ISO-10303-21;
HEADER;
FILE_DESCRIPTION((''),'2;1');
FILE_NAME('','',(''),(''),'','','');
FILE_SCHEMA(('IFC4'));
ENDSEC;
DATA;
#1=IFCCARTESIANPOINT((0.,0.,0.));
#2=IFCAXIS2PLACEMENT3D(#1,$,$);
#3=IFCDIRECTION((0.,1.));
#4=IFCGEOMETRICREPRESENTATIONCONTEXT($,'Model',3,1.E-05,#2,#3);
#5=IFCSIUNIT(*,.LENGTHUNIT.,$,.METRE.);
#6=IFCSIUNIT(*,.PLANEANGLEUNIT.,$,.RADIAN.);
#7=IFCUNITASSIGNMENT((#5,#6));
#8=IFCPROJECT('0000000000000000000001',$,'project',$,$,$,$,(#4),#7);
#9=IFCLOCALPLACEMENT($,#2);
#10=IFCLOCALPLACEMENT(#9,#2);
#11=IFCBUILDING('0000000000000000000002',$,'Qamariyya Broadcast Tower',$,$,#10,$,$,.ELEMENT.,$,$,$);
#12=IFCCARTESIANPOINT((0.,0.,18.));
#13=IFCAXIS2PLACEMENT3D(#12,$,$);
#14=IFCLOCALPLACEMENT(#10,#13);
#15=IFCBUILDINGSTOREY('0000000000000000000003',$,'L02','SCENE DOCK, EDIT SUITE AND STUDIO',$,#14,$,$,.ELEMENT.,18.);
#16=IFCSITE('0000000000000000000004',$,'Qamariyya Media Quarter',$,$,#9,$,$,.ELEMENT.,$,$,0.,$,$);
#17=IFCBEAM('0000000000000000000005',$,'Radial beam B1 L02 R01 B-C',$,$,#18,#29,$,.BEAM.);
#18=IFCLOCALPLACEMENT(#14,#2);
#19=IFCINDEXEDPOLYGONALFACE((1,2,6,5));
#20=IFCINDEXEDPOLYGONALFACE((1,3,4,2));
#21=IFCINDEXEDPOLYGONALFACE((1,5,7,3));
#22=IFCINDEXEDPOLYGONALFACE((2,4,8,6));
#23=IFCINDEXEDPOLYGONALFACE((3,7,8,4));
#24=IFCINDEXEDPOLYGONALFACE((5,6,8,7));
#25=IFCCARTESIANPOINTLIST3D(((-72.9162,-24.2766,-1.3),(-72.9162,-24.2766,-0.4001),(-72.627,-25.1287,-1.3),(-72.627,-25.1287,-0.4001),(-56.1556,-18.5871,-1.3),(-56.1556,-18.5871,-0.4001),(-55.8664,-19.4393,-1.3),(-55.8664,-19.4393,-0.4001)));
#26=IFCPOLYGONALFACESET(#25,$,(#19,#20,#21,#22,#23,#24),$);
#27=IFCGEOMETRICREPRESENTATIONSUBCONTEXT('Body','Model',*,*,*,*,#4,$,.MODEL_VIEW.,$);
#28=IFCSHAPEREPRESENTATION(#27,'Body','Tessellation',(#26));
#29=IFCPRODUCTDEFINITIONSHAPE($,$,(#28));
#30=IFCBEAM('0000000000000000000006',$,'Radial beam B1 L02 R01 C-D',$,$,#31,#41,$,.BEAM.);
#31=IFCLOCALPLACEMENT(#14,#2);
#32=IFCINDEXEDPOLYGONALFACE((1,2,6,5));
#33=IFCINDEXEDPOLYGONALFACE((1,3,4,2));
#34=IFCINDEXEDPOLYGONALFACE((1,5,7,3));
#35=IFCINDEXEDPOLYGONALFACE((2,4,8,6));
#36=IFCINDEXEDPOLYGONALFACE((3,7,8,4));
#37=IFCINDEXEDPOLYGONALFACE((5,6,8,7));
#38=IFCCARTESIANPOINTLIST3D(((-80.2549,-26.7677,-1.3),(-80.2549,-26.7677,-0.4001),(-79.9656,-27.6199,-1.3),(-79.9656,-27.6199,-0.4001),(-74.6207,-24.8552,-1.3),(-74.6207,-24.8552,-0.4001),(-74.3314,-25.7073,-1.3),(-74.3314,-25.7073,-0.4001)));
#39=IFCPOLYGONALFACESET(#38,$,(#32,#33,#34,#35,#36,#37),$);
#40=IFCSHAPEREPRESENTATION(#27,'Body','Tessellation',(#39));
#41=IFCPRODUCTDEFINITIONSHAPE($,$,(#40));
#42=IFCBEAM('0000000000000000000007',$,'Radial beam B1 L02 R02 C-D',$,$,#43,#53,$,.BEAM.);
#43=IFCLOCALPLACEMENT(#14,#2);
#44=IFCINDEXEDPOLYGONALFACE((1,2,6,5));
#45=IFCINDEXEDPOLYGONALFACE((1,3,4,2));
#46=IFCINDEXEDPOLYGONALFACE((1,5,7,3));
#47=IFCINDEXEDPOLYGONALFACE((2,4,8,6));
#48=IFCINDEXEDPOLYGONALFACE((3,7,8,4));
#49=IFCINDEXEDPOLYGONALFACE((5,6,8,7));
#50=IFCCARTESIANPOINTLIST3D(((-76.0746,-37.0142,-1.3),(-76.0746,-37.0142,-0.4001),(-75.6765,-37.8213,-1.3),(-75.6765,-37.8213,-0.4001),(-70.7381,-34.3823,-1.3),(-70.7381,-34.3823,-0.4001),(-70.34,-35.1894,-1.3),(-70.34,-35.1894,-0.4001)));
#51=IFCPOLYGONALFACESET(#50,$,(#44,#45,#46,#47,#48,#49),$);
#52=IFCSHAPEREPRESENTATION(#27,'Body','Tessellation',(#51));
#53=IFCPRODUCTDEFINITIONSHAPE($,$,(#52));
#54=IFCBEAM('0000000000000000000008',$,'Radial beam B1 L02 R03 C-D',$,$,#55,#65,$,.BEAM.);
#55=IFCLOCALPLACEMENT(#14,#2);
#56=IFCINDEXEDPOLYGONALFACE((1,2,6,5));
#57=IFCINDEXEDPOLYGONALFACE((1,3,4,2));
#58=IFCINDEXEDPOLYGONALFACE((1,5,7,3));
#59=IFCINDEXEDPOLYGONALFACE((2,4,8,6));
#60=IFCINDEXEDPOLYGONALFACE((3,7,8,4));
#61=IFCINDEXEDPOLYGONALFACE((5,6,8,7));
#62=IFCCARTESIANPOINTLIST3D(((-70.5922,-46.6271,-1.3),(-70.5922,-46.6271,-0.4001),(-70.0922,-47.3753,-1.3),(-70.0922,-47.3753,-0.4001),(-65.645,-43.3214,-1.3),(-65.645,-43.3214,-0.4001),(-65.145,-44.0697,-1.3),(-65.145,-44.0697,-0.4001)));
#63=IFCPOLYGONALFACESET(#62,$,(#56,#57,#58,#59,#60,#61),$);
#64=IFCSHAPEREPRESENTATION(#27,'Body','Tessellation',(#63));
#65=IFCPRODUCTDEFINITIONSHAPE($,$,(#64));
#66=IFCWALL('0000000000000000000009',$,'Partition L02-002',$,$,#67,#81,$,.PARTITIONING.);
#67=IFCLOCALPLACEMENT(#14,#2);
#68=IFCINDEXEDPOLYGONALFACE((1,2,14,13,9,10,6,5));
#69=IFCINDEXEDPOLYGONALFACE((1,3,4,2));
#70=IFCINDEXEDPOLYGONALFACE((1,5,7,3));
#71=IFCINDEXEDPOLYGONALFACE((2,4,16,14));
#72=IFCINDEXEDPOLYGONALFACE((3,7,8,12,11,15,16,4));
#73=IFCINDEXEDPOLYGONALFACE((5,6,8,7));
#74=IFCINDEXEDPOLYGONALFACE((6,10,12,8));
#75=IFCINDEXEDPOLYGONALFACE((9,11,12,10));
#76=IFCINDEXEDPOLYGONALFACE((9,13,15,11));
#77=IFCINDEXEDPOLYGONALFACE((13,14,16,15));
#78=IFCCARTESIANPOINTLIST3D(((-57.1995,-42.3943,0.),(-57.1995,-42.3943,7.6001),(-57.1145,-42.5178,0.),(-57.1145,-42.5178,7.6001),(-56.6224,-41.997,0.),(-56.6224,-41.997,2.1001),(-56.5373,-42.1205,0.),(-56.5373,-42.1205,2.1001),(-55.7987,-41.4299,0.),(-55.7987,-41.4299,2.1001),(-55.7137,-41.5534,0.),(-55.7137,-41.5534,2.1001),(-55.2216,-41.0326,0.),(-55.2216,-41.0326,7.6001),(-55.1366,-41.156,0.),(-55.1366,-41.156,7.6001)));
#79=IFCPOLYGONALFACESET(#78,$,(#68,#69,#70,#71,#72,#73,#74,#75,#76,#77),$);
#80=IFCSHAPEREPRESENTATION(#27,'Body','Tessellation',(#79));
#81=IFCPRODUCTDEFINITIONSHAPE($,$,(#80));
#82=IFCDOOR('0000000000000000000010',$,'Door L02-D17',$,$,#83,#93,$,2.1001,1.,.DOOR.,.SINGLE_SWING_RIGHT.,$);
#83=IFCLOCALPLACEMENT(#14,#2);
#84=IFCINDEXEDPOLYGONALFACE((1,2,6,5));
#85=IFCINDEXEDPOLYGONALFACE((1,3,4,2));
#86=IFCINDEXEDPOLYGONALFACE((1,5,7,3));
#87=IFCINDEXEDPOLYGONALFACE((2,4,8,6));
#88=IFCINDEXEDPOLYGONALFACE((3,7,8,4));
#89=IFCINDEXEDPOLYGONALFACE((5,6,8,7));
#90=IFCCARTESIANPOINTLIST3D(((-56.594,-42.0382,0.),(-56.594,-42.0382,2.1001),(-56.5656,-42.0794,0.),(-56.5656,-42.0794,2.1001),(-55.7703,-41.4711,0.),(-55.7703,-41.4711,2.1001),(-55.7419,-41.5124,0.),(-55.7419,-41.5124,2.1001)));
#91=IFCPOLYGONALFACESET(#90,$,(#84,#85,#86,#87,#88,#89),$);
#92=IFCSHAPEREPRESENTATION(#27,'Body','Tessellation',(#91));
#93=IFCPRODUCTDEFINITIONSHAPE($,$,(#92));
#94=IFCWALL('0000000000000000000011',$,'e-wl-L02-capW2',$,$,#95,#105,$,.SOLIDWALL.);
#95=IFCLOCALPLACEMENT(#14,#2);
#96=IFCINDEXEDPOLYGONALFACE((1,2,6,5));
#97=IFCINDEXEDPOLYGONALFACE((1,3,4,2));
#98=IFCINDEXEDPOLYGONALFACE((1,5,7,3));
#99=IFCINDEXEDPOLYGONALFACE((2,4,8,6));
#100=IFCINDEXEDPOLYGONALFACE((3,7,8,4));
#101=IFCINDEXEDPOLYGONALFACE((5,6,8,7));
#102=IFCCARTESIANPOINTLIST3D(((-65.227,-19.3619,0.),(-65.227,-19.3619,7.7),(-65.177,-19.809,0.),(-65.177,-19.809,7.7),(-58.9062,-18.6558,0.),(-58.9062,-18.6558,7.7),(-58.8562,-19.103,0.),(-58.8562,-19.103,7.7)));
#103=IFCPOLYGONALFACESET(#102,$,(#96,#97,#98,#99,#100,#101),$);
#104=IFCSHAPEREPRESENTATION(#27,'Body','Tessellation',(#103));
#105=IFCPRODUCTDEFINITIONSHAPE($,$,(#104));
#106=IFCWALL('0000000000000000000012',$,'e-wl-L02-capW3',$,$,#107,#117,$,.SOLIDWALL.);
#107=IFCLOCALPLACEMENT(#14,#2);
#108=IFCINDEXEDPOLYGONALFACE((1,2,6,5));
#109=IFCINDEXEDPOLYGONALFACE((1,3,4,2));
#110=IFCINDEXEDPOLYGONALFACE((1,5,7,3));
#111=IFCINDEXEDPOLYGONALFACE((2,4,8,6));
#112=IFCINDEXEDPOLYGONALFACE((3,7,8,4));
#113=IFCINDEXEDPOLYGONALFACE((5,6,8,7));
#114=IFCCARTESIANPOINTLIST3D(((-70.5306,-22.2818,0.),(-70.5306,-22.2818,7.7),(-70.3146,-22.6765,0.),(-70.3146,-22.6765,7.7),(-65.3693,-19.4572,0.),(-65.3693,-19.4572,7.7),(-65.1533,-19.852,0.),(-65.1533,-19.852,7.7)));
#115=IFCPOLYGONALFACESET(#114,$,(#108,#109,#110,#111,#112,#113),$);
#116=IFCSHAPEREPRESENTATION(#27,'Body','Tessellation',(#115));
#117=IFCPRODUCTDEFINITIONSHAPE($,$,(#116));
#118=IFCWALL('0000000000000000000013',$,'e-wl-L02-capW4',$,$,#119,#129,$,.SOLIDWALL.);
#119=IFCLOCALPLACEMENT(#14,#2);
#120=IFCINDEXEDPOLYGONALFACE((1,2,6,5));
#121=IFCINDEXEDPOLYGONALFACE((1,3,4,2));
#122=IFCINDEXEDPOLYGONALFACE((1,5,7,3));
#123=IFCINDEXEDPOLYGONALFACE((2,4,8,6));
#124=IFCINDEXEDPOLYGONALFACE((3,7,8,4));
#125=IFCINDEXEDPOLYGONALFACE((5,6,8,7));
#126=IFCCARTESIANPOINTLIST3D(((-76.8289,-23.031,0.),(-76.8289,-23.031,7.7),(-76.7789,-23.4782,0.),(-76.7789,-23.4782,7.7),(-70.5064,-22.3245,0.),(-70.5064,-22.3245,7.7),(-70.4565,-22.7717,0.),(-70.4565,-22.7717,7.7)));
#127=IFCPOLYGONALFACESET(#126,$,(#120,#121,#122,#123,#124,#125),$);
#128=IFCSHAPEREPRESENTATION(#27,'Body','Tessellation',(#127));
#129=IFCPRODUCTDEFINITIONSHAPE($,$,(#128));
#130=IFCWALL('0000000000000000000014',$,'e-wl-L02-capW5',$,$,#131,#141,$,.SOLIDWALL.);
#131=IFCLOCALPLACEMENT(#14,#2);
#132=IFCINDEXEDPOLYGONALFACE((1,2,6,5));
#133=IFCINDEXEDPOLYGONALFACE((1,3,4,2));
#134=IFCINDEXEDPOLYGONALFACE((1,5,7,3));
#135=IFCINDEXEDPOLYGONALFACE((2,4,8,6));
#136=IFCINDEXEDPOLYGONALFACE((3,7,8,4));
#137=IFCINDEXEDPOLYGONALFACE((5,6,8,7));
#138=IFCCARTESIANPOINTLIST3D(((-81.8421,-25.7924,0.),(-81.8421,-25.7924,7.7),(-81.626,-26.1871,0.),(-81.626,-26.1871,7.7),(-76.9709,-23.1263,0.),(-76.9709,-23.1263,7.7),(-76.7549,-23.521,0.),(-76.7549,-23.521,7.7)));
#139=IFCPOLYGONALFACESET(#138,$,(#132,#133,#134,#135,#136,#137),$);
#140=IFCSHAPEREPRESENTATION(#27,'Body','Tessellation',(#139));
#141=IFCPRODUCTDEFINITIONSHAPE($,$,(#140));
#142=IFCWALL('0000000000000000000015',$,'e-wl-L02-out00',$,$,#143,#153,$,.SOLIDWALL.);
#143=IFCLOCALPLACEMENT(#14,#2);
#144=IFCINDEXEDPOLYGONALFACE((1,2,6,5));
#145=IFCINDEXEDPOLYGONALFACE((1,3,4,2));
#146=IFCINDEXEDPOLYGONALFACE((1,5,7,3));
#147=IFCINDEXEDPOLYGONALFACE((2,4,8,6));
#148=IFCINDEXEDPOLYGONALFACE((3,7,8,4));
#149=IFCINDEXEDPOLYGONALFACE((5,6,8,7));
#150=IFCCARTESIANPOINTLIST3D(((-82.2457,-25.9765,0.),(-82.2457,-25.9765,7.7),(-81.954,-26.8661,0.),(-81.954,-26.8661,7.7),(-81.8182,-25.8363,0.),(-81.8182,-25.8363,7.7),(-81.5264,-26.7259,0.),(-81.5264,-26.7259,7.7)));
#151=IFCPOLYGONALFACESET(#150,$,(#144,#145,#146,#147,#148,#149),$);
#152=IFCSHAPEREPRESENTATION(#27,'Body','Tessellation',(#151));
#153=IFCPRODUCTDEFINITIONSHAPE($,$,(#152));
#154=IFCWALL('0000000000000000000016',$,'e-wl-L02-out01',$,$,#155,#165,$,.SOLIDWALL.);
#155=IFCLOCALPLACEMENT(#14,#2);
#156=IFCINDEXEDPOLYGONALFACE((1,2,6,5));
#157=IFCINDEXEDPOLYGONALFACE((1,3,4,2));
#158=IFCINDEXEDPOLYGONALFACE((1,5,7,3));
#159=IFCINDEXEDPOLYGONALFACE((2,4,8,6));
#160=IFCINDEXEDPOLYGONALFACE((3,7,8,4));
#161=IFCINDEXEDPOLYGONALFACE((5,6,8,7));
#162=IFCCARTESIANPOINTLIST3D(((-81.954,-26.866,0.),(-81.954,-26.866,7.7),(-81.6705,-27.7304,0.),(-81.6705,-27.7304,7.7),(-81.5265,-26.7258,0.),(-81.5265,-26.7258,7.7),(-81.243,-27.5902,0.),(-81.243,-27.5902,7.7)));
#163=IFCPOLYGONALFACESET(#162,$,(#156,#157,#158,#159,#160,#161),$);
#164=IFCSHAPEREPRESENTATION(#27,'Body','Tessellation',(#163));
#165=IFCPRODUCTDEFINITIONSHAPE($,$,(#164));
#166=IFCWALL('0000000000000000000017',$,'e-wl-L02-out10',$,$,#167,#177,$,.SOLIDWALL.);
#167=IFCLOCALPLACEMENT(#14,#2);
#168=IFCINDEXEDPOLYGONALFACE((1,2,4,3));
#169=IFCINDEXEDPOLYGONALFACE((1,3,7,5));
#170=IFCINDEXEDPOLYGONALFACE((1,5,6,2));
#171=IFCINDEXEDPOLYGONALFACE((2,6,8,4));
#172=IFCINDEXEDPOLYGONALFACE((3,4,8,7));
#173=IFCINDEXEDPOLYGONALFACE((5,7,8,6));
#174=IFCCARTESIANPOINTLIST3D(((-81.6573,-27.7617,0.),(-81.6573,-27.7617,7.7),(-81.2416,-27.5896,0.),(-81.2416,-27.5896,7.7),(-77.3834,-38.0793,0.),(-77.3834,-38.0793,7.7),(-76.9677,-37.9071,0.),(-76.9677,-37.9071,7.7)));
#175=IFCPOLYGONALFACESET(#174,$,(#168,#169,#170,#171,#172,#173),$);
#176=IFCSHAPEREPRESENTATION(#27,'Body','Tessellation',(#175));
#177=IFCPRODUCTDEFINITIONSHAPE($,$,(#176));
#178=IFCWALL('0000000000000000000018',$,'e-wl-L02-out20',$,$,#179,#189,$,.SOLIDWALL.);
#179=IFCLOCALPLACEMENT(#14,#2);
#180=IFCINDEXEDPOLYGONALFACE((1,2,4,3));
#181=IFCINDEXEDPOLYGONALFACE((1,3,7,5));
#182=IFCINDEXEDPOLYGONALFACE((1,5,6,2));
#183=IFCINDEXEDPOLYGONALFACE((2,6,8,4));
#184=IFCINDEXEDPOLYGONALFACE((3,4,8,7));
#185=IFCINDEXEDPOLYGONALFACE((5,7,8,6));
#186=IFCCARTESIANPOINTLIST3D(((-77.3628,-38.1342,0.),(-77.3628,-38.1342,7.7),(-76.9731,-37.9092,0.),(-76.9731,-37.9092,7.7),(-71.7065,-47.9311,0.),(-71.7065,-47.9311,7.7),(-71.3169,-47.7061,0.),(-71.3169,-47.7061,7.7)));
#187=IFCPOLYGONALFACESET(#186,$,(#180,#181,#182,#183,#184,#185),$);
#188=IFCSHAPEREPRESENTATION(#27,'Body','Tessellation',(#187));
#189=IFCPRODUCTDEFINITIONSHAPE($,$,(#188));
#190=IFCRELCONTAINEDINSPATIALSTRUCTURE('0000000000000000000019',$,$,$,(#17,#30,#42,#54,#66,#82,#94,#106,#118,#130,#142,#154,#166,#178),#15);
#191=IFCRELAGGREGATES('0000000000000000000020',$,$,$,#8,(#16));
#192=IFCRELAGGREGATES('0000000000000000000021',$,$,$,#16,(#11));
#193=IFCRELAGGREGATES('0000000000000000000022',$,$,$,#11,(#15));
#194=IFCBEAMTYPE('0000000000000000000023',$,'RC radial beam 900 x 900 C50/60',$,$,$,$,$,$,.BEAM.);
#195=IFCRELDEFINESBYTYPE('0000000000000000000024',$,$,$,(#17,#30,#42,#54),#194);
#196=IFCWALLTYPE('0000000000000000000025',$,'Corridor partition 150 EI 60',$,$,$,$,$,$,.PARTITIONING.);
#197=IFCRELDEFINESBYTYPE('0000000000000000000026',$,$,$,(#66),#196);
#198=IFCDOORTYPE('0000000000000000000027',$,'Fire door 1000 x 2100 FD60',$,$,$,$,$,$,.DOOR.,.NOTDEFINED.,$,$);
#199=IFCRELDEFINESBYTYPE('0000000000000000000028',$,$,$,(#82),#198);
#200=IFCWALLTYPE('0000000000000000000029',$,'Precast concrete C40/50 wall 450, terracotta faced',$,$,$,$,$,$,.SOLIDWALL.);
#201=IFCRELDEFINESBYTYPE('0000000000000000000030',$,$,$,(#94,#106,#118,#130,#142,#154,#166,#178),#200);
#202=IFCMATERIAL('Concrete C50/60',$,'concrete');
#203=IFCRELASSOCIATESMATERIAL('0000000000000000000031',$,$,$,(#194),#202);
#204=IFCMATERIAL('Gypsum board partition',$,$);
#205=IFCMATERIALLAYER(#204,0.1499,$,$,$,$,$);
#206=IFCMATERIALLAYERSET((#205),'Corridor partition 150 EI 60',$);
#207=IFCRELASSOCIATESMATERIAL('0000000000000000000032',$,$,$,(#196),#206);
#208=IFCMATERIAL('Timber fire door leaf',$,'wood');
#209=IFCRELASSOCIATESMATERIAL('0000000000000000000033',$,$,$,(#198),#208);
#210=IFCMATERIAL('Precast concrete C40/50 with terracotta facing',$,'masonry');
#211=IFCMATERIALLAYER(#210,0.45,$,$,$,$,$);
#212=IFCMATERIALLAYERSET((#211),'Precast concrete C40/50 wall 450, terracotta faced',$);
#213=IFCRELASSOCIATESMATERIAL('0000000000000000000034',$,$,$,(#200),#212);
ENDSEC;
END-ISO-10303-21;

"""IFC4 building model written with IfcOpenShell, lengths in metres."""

from ifc_helpers import new_model, si_unit, direction, frame, frame_2d, origin, origin_2d, place, context, subcontext, project, spatial, rectangle, extrude, material, layer, layer_set, material_profile, profile_set, type_object, element, fill, save


model = new_model("IFC4")

# Units and contexts
model_context = context("Model", 3, precision=1e-05, world=origin(), true_north=direction((0.0, 1.0)))
body_context = subcontext(model_context, "Body", "Model", "MODEL_VIEW")
ifc_project = project(units=[si_unit("LENGTHUNIT", "METRE"), si_unit("PLANEANGLEUNIT", "RADIAN")], contexts=[model_context])

# Site, building, storey
site_placement = place(None, origin())
site = spatial("IfcSite", under=ifc_project, at=site_placement, Name="Qamariyya Media Quarter", CompositionType="ELEMENT", RefElevation=0.0)
building_placement = place(site_placement, origin())
building = spatial("IfcBuilding", under=site, at=building_placement, Name="Qamariyya Broadcast Tower", CompositionType="ELEMENT")
storey_placement = place(building_placement, frame((0.0, 0.0, 18.0)))
storey = spatial("IfcBuildingStorey", under=building, at=storey_placement, Name="L02", Description="SCENE DOCK, EDIT SUITE AND STUDIO", CompositionType="ELEMENT", Elevation=18.0)

# Beams
ifc_material_1 = material(Name="Concrete C50/60", Category="concrete")
ifc_material_profile_1 = material_profile(ifc_material_1, rectangle(XDim=0.8999, YDim=0.8999, at=origin_2d()))
ifc_profile_set_1 = profile_set([ifc_material_profile_1], Name="Concrete C50/60")
beam_type_1 = type_object("IfcBeamType", Name="RC radial beam 900 x 900 C50/60", PredefinedType="BEAM", material=ifc_profile_set_1)
beam_1_placement = place(storey_placement, frame((-56.011, -19.0132, -0.8501), z_axis=(-0.94693, -0.321441, 0.0), x_axis=(0.321441, -0.94693, 0.0)))
element("IfcBeam", 1, at=beam_1_placement, inside=storey, type_object=beam_type_1, Name="Radial beam B1 L02 R01 B-C", PredefinedType="BEAM", context=body_context, shape_type="SweptSolid", body=[
    extrude(rectangle(XDim=0.8999, YDim=0.8999, at=origin_2d()), origin(), (0.0, 0.0, 1.0), 17.7),
])
beam_2_placement = place(storey_placement, frame((-74.4761, -25.2812, -0.8501), z_axis=(-0.946929, -0.321442, 0.0), x_axis=(0.321442, -0.946929, 0.0)))
element("IfcBeam", 2, at=beam_2_placement, inside=storey, type_object=beam_type_1, Name="Radial beam B1 L02 R01 C-D", PredefinedType="BEAM", context=body_context, shape_type="SweptSolid", body=[
    extrude(rectangle(XDim=0.8999, YDim=0.8999, at=origin_2d()), origin(), (0.0, 0.0, 1.0), 5.95),
])
beam_3_placement = place(storey_placement, frame((-70.5391, -34.7859, -0.8501), z_axis=(-0.896859, -0.442316, 0.0), x_axis=(0.442316, -0.896859, 0.0)))
element("IfcBeam", 3, at=beam_3_placement, inside=storey, type_object=beam_type_1, Name="Radial beam B1 L02 R02 C-D", PredefinedType="BEAM", context=body_context, shape_type="SweptSolid", body=[
    extrude(rectangle(XDim=0.8999, YDim=0.8999, at=origin_2d()), origin(), (0.0, 0.0, 1.0), 5.9502),
])
beam_4_placement = place(storey_placement, frame((-65.395, -43.6956, -0.8501), z_axis=(-0.831469, -0.555571, 0.0), x_axis=(0.555571, -0.831469, 0.0)))
element("IfcBeam", 4, at=beam_4_placement, inside=storey, type_object=beam_type_1, Name="Radial beam B1 L02 R03 C-D", PredefinedType="BEAM", context=body_context, shape_type="SweptSolid", body=[
    extrude(rectangle(XDim=0.8999, YDim=0.8999, at=origin_2d()), origin(), (0.0, 0.0, 1.0), 5.95),
])

# Wall, opening, door
ifc_material_2 = material(Name="Gypsum board partition")
ifc_layer_1 = layer(ifc_material_2, 0.1499)
ifc_layer_set_1 = layer_set([ifc_layer_1], Name="Corridor partition 150 EI 60")
wall_type_1 = type_object("IfcWallType", Name="Corridor partition 150 EI 60", PredefinedType="PARTITIONING", material=ifc_layer_set_1)
wall_1_placement = place(storey_placement, frame((-57.157, -42.4561, 0.0), z_axis=(0.0, 0.0, 1.0), x_axis=(0.823668, 0.567072, 0.0)))
wall_1 = element("IfcWall", 5, at=wall_1_placement, inside=storey, type_object=wall_type_1, Name="Partition L02-002", PredefinedType="PARTITIONING", context=body_context, shape_type="SweptSolid", body=[
    extrude(rectangle(XDim=2.4014, YDim=0.1499, at=frame_2d((1.2007, 0.0))), origin(), (0.0, 0.0, 1.0), 7.6001),
])
opening_placement = place(wall_1_placement, frame((0.7007, 0.0, 0.0)))
opening = element("IfcOpeningElement", 6, at=opening_placement, cuts=wall_1, PredefinedType="OPENING", context=body_context, shape_type="SweptSolid", body=[
    extrude(rectangle(XDim=1.0, YDim=2.1001, at=frame_2d((0.5, 1.05))), frame((0.0, 0.085, 0.0), z_axis=(0.0, -1.0, 0.0), x_axis=(1.0, 0.0, 0.0)), (0.0, 0.0, 1.0), 0.1699),
])
ifc_material_3 = material(Name="Timber fire door leaf", Category="wood")
door_type = type_object("IfcDoorType", Name="Fire door 1000 x 2100 FD60", OperationType="NOTDEFINED", PredefinedType="DOOR", material=ifc_material_3)
door_placement = place(opening_placement, origin())
door = element("IfcDoor", 7, at=door_placement, inside=storey, type_object=door_type, Name="Door L02-D17", OperationType="SINGLE_SWING_RIGHT", OverallHeight=2.1001, OverallWidth=1.0, PredefinedType="DOOR", context=body_context, shape_type="SweptSolid", body=[
    extrude(rectangle(XDim=1.0, YDim=2.1001, at=frame_2d((0.5, 1.05))), frame((0.0, 0.0249, 0.0), z_axis=(0.0, -1.0, 0.0), x_axis=(1.0, 0.0, 0.0)), (0.0, 0.0, 1.0), 0.05),
])
fill(opening, door)

# Walls
ifc_material_4 = material(Name="Precast concrete C40/50 with terracotta facing", Category="masonry")
ifc_layer_2 = layer(ifc_material_4, 0.45)
ifc_layer_set_2 = layer_set([ifc_layer_2], Name="Precast concrete C40/50 wall 450, terracotta faced")
wall_type_2 = type_object("IfcWallType", Name="Precast concrete C40/50 wall 450, terracotta faced", PredefinedType="SOLIDWALL", material=ifc_layer_set_2)
wall_2_placement = place(storey_placement, frame((-58.8811, -18.8794, 0.0), z_axis=(0.0, 0.0, 1.0), x_axis=(-0.993819, -0.111013, 0.0)))
element("IfcWall", 8, at=wall_2_placement, inside=storey, type_object=wall_type_2, Name="e-wl-L02-capW2", PredefinedType="SOLIDWALL", context=body_context, shape_type="SweptSolid", body=[
    extrude(rectangle(XDim=6.3601, YDim=0.45, at=frame_2d((3.1802, 0.0))), origin(), (0.0, 0.0, 1.0), 7.7),
])
wall_3_placement = place(storey_placement, frame((-65.2612, -19.6545, 0.0), z_axis=(0.0, 0.0, 1.0), x_axis=(-0.87723, -0.48007, 0.0)))
element("IfcWall", 9, at=wall_3_placement, inside=storey, type_object=wall_type_2, Name="e-wl-L02-capW3", PredefinedType="SOLIDWALL", context=body_context, shape_type="SweptSolid", body=[
    extrude(rectangle(XDim=5.8835, YDim=0.45, at=frame_2d((2.9419, 0.0))), origin(), (0.0, 0.0, 1.0), 7.7),
])
wall_4_placement = place(storey_placement, frame((-70.4814, -22.5481, 0.0), z_axis=(0.0, 0.0, 1.0), x_axis=(-0.993814, -0.111059, 0.0)))
element("IfcWall", 10, at=wall_4_placement, inside=storey, type_object=wall_type_2, Name="e-wl-L02-capW4", PredefinedType="SOLIDWALL", context=body_context, shape_type="SweptSolid", body=[
    extrude(rectangle(XDim=6.3618, YDim=0.45, at=frame_2d((3.1809, 0.0))), origin(), (0.0, 0.0, 1.0), 7.7),
])
wall_5_placement = place(storey_placement, frame((-76.863, -23.3237, 0.0), z_axis=(0.0, 0.0, 1.0), x_axis=(-0.877209, -0.480108, 0.0)))
element("IfcWall", 11, at=wall_5_placement, inside=storey, type_object=wall_type_2, Name="e-wl-L02-capW5", PredefinedType="SOLIDWALL", context=body_context, shape_type="SweptSolid", body=[
    extrude(rectangle(XDim=5.553, YDim=0.45, at=frame_2d((2.7764, 0.0))), origin(), (0.0, 0.0, 1.0), 7.7),
])
wall_6_placement = place(storey_placement, frame((-82.032, -25.9062, 0.0), z_axis=(0.0, 0.0, 1.0), x_axis=(0.311609, -0.950211, 0.0)))
element("IfcWall", 12, at=wall_6_placement, inside=storey, type_object=wall_type_2, Name="e-wl-L02-out00", PredefinedType="SOLIDWALL", context=body_context, shape_type="SweptSolid", body=[
    extrude(rectangle(XDim=0.9363, YDim=0.45, at=frame_2d((0.4683, 0.0))), origin(), (0.0, 0.0, 1.0), 7.7),
])
wall_7_placement = place(storey_placement, frame((-81.7402, -26.7959, 0.0), z_axis=(0.0, 0.0, 1.0), x_axis=(0.311634, -0.950202, 0.0)))
element("IfcWall", 13, at=wall_7_placement, inside=storey, type_object=wall_type_2, Name="e-wl-L02-out01", PredefinedType="SOLIDWALL", context=body_context, shape_type="SweptSolid", body=[
    extrude(rectangle(XDim=0.9097, YDim=0.45, at=frame_2d((0.4548, 0.0))), origin(), (0.0, 0.0, 1.0), 7.7),
])
wall_8_placement = place(storey_placement, frame((-81.4495, -27.6755, 0.0), z_axis=(0.0, 0.0, 1.0), x_axis=(0.382701, -0.923872, 0.0)))
element("IfcWall", 14, at=wall_8_placement, inside=storey, type_object=wall_type_2, Name="e-wl-L02-out10", PredefinedType="SOLIDWALL", context=body_context, shape_type="SweptSolid", body=[
    extrude(rectangle(XDim=11.1677, YDim=0.45, at=frame_2d((5.584, 0.0))), origin(), (0.0, 0.0, 1.0), 7.7),
])
wall_9_placement = place(storey_placement, frame((-77.168, -38.0217, 0.0), z_axis=(0.0, 0.0, 1.0), x_axis=(0.500001, -0.866025, 0.0)))
element("IfcWall", 15, at=wall_9_placement, inside=storey, type_object=wall_type_2, Name="e-wl-L02-out20", PredefinedType="SOLIDWALL", context=body_context, shape_type="SweptSolid", body=[
    extrude(rectangle(XDim=11.3125, YDim=0.45, at=frame_2d((5.6562, 0.0))), origin(), (0.0, 0.0, 1.0), 7.7),
])

save(model, "model.ifc")
